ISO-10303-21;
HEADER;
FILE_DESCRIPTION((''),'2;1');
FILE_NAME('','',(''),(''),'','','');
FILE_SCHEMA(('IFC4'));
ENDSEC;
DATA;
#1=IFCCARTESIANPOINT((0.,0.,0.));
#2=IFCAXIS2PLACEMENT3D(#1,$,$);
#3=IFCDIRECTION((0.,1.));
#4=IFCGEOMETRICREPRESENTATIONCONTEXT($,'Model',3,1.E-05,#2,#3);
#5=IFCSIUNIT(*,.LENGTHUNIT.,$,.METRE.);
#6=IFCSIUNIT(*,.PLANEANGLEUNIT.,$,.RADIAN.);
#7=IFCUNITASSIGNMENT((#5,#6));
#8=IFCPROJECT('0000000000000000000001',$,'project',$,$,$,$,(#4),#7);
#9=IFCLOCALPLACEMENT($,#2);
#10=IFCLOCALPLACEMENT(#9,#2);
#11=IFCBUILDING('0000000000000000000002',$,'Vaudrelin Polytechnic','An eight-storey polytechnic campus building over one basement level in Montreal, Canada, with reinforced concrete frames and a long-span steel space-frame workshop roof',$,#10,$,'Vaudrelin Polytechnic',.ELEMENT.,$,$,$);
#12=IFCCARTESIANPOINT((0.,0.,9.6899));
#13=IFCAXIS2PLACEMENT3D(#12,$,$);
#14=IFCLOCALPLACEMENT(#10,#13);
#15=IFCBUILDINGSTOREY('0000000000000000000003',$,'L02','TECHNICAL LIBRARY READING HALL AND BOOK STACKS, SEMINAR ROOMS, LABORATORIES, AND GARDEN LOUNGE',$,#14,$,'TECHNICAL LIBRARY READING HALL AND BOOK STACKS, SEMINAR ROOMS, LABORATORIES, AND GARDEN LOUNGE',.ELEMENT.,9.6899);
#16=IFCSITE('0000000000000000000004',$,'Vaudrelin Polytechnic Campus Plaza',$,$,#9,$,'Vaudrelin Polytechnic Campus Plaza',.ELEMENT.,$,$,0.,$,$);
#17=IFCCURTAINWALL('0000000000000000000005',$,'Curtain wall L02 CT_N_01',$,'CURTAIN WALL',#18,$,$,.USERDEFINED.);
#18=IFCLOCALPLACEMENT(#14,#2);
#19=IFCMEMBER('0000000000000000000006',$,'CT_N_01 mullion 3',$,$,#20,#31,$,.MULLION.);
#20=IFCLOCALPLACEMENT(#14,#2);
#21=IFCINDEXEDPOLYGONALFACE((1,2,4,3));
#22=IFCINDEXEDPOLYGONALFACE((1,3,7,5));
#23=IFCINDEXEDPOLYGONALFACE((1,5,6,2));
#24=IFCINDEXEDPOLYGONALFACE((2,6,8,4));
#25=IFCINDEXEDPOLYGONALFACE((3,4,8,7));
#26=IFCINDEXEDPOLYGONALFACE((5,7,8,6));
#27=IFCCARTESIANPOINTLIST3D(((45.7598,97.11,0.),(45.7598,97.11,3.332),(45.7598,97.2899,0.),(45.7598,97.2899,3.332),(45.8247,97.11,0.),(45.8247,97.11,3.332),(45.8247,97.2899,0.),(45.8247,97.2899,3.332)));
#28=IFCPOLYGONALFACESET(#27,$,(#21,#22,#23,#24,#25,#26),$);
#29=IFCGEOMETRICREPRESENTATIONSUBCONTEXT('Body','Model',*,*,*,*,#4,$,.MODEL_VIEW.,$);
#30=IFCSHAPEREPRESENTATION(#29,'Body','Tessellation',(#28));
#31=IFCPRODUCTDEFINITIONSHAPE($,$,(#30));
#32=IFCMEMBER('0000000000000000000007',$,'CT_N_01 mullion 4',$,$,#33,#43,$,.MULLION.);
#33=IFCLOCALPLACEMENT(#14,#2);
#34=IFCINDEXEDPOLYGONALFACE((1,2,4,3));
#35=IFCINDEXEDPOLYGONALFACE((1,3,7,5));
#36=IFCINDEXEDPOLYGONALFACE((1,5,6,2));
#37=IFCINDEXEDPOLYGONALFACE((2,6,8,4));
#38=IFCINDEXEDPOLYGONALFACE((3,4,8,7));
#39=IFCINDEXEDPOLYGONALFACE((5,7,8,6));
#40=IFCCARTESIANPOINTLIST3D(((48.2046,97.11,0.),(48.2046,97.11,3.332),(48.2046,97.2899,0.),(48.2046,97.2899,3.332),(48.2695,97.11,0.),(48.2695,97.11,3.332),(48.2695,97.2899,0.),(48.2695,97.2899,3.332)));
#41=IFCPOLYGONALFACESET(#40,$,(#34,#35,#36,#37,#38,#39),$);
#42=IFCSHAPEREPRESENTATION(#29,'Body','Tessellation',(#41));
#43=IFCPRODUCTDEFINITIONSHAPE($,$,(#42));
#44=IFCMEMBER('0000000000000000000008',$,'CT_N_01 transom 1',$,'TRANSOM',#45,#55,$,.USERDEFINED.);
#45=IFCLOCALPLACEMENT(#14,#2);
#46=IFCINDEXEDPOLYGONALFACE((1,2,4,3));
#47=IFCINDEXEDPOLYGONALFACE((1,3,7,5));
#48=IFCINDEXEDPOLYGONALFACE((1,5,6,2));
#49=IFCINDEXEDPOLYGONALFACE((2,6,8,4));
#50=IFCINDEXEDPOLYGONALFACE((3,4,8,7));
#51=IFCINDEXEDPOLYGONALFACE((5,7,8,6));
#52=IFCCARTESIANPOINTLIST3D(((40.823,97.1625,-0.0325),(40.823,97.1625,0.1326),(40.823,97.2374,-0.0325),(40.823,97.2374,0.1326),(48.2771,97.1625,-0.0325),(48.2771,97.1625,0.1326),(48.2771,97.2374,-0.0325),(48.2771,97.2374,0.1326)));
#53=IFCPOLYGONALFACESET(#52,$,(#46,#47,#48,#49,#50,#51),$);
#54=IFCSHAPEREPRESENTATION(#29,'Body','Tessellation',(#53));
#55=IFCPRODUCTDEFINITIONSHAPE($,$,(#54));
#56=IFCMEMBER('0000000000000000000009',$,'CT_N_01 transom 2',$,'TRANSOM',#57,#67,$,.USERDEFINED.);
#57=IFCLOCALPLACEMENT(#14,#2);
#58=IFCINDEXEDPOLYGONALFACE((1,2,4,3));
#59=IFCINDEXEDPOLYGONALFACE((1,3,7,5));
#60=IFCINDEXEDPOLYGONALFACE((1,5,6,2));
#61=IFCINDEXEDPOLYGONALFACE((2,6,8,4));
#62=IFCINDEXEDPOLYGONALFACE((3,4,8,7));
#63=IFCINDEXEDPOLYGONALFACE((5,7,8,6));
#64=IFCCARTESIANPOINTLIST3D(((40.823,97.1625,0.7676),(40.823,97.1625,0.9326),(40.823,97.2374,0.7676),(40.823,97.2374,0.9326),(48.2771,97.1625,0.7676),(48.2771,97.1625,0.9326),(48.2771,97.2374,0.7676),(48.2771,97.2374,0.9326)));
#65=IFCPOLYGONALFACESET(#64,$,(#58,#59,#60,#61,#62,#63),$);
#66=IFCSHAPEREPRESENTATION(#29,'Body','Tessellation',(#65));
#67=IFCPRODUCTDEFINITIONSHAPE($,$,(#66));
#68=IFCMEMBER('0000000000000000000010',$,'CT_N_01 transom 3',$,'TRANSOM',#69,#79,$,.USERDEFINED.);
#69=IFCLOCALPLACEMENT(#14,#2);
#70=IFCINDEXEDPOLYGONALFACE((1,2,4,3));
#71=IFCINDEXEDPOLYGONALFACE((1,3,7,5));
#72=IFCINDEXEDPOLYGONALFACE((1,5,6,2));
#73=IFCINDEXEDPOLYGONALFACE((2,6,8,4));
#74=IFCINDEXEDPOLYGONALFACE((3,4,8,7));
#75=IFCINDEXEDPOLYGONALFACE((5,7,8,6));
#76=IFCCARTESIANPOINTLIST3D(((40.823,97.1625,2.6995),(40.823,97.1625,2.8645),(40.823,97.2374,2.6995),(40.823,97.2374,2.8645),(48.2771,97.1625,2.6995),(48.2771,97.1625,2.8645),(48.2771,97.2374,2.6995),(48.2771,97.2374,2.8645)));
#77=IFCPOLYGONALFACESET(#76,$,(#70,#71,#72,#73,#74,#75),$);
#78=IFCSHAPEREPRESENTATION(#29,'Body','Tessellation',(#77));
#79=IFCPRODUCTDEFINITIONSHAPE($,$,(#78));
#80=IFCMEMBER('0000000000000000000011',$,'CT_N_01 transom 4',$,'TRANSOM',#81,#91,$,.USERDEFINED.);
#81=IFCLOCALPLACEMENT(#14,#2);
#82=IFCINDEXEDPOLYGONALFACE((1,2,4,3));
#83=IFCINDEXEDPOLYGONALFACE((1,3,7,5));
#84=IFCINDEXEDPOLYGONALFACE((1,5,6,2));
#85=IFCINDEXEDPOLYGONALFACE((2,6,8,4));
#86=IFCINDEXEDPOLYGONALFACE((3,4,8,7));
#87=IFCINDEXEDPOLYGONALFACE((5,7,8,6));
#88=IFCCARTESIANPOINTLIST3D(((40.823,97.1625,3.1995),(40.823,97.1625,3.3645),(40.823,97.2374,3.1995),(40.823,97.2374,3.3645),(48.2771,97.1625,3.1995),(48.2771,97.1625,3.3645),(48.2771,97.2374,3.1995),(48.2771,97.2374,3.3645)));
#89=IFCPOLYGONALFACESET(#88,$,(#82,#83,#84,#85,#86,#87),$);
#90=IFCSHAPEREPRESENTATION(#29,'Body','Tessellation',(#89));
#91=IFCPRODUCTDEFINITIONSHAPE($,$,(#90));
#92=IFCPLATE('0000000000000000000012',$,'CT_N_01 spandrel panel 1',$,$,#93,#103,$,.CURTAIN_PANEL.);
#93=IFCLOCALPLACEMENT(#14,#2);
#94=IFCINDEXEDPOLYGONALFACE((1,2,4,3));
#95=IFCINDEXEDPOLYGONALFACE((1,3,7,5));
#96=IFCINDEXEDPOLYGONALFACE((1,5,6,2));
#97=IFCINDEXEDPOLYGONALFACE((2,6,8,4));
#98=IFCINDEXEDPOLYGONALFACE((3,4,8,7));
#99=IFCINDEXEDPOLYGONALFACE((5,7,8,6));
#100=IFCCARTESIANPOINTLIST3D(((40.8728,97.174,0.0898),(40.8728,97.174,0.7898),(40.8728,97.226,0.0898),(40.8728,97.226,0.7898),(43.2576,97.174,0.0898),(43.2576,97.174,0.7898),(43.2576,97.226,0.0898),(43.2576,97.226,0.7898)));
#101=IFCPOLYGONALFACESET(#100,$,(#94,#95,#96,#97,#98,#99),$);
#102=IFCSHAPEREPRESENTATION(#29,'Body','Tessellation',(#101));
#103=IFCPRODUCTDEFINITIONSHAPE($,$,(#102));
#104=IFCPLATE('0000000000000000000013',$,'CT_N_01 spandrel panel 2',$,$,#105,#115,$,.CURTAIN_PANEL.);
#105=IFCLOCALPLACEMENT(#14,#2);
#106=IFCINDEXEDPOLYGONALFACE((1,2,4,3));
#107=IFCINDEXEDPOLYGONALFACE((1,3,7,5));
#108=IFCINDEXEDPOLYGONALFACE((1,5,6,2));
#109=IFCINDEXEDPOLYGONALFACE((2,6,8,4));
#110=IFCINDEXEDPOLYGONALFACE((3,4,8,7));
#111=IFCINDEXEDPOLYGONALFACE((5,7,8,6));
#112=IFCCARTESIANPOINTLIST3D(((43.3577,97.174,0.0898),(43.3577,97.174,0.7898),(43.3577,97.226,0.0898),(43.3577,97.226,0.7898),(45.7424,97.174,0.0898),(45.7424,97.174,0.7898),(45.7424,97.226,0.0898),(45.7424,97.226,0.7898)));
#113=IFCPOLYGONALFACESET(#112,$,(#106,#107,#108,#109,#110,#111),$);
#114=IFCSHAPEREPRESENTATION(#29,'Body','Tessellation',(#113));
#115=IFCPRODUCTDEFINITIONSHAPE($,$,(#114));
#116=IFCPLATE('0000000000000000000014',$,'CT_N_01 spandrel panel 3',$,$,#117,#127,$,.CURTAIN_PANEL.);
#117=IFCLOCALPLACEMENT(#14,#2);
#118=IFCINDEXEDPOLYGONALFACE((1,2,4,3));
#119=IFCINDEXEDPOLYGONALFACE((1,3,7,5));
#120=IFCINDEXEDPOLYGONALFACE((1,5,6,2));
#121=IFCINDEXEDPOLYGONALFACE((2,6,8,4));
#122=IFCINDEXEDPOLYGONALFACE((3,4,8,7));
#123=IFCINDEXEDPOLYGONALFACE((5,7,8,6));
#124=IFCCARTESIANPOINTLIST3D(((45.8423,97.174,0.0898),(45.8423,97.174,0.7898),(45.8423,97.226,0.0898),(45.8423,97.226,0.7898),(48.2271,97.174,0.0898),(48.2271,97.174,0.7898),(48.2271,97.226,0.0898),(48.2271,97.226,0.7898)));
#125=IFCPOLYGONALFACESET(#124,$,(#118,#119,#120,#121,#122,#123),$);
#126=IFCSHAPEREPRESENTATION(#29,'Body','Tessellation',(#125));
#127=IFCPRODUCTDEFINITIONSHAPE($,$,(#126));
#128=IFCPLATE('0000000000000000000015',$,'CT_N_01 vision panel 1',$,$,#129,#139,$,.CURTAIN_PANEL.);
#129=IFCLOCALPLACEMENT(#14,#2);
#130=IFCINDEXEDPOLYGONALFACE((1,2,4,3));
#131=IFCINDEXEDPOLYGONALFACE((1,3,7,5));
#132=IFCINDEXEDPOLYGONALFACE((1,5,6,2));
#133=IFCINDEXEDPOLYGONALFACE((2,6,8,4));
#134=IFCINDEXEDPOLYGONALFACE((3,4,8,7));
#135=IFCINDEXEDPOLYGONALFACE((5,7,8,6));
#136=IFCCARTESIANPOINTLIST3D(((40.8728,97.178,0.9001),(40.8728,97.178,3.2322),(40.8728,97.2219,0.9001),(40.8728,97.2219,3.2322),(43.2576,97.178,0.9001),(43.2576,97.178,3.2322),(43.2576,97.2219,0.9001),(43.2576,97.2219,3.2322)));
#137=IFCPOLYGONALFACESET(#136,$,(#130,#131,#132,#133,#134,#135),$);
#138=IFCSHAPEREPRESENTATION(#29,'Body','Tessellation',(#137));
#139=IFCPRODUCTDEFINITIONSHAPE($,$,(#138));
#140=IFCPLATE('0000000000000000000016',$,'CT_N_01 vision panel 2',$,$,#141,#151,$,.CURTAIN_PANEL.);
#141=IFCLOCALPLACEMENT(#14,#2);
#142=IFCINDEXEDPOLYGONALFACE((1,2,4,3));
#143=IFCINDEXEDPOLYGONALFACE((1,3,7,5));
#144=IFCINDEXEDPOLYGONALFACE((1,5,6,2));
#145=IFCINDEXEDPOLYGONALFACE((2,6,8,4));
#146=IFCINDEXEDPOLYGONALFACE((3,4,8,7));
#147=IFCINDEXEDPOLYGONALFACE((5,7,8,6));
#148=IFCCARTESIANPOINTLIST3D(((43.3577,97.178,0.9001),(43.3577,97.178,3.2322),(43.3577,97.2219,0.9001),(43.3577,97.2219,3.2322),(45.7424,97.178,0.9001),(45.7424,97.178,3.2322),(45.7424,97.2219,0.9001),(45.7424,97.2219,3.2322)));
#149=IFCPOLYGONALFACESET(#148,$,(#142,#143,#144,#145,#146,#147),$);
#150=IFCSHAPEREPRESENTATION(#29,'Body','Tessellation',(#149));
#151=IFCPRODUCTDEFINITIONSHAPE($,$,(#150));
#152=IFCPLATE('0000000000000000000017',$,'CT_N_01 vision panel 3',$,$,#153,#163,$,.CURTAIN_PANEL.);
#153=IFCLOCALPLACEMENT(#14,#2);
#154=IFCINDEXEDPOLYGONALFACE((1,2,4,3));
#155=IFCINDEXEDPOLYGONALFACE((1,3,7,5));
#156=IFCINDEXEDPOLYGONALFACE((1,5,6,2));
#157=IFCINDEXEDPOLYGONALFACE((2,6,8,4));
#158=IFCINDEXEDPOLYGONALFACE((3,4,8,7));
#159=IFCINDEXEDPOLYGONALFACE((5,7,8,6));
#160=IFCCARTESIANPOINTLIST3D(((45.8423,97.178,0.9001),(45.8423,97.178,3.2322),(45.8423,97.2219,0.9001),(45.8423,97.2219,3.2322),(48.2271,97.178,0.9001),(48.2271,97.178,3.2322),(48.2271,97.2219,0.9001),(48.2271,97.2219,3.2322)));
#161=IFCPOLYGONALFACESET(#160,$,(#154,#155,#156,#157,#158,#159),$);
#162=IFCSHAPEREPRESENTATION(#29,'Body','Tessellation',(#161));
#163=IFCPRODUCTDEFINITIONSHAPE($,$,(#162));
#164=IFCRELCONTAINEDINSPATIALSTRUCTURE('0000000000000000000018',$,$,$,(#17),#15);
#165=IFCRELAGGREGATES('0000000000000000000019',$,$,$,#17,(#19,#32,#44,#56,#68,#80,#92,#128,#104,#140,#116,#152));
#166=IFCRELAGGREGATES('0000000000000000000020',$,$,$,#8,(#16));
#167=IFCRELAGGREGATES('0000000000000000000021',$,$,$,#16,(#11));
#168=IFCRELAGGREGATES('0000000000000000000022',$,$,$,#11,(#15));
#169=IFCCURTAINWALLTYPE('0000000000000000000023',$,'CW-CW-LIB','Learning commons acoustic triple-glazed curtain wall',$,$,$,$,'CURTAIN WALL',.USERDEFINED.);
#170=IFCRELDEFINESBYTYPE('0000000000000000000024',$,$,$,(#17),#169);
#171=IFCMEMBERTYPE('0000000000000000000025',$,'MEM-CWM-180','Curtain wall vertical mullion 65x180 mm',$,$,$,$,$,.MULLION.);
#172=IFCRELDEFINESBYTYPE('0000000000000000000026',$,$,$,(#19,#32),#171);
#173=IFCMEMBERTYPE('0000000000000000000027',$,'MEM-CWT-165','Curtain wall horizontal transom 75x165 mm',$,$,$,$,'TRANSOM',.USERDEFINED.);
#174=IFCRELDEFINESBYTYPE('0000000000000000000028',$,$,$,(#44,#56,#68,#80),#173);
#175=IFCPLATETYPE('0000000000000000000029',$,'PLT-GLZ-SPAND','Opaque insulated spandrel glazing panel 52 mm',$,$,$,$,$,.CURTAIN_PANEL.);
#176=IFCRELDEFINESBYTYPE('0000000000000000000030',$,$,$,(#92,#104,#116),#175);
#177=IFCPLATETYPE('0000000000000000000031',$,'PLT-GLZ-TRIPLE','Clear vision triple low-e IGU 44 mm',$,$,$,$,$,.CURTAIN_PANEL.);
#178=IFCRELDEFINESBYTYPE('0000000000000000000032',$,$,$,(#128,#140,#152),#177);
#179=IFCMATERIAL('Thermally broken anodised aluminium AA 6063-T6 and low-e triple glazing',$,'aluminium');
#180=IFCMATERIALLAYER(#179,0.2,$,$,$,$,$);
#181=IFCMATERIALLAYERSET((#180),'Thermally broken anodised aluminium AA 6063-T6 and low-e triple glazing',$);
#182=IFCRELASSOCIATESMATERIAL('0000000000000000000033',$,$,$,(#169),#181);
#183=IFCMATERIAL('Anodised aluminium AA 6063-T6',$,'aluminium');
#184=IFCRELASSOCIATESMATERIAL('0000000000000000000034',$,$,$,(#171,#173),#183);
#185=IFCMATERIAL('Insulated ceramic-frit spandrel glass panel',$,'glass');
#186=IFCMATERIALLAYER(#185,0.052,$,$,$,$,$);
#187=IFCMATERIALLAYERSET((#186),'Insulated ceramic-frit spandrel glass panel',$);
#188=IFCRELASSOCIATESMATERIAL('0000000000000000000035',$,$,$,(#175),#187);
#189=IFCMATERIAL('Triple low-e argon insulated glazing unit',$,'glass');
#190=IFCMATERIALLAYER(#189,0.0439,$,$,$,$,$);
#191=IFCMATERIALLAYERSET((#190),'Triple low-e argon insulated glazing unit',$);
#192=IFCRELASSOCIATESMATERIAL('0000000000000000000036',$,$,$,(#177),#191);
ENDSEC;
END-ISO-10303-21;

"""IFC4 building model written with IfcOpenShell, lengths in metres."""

from ifc_helpers import new_model, si_unit, direction, frame, origin, origin_2d, place, context, subcontext, project, spatial, rectangle, extrude, material, layer, layer_set, material_profile, profile_set, type_object, element, aggregate, save


model = new_model("IFC4")

# Units and contexts
model_context = context("Model", 3, precision=1e-05, world=origin(), true_north=direction((0.0, 1.0)))
body_context = subcontext(model_context, "Body", "Model", "MODEL_VIEW")
ifc_project = project(units=[si_unit("LENGTHUNIT", "METRE"), si_unit("PLANEANGLEUNIT", "RADIAN")], contexts=[model_context])

# Site, building, storey
site_placement = place(None, origin())
site = spatial("IfcSite", under=ifc_project, at=site_placement, Name="Vaudrelin Polytechnic Campus Plaza", LongName="Vaudrelin Polytechnic Campus Plaza", CompositionType="ELEMENT", RefElevation=0.0)
building_placement = place(site_placement, origin())
building = spatial("IfcBuilding", under=site, at=building_placement, Name="Vaudrelin Polytechnic", Description="An eight-storey polytechnic campus building over one basement level in Montreal, Canada, with reinforced concrete frames and a long-span steel space-frame workshop roof", LongName="Vaudrelin Polytechnic", CompositionType="ELEMENT")
storey_placement = place(building_placement, frame((0.0, 0.0, 9.6899)))
storey = spatial("IfcBuildingStorey", under=building, at=storey_placement, Name="L02", Description="TECHNICAL LIBRARY READING HALL AND BOOK STACKS, SEMINAR ROOMS, LABORATORIES, AND GARDEN LOUNGE", LongName="TECHNICAL LIBRARY READING HALL AND BOOK STACKS, SEMINAR ROOMS, LABORATORIES, AND GARDEN LOUNGE", CompositionType="ELEMENT", Elevation=9.6899)

# Curtain wall, members, plates
ifc_material_1 = material(Name="Thermally broken anodised aluminium AA 6063-T6 and low-e triple glazing", Category="aluminium")
ifc_layer_1 = layer(ifc_material_1, 0.2)
ifc_layer_set_1 = layer_set([ifc_layer_1], Name="Thermally broken anodised aluminium AA 6063-T6 and low-e triple glazing")
curtain_wall_type = type_object("IfcCurtainWallType", Name="CW-CW-LIB", Description="Learning commons acoustic triple-glazed curtain wall", ElementType="CURTAIN WALL", PredefinedType="USERDEFINED", material=ifc_layer_set_1)
curtain_wall_placement = place(storey_placement, origin())
curtain_wall = element("IfcCurtainWall", 1, at=curtain_wall_placement, inside=storey, type_object=curtain_wall_type, Name="Curtain wall L02 CT_N_01", ObjectType="CURTAIN WALL", PredefinedType="USERDEFINED")
ifc_material_2 = material(Name="Anodised aluminium AA 6063-T6", Category="aluminium")
ifc_material_profile_1 = material_profile(ifc_material_2, rectangle(XDim=0.0649, YDim=0.1799, at=origin_2d()), Name="CWM-65x180")
ifc_profile_set_1 = profile_set([ifc_material_profile_1], Name="Anodised aluminium AA 6063-T6")
member_type_1 = type_object("IfcMemberType", Name="MEM-CWM-180", Description="Curtain wall vertical mullion 65x180 mm", PredefinedType="MULLION", material=ifc_profile_set_1)
member_1_placement = place(storey_placement, frame((45.7922, 97.2, 0.0), z_axis=(0.0, 0.0, 1.0), x_axis=(1.0, 0.0, 0.0)))
member_1 = element("IfcMember", 2, at=member_1_placement, type_object=member_type_1, Name="CT_N_01 mullion 3", PredefinedType="MULLION", context=body_context, shape_type="SweptSolid", body=[
    extrude(rectangle(XDim=0.0649, YDim=0.1799, at=origin_2d()), origin(), (0.0, 0.0, 1.0), 3.332),
])
member_2_placement = place(storey_placement, frame((48.2371, 97.2, 0.0), z_axis=(0.0, 0.0, 1.0), x_axis=(1.0, 0.0, 0.0)))
member_2 = element("IfcMember", 3, at=member_2_placement, type_object=member_type_1, Name="CT_N_01 mullion 4", PredefinedType="MULLION", context=body_context, shape_type="SweptSolid", body=[
    extrude(rectangle(XDim=0.0649, YDim=0.1799, at=origin_2d()), origin(), (0.0, 0.0, 1.0), 3.332),
])
ifc_material_profile_2 = material_profile(ifc_material_2, rectangle(XDim=0.075, YDim=0.165, at=origin_2d()), Name="CWT-75x165")
ifc_profile_set_2 = profile_set([ifc_material_profile_2], Name="Anodised aluminium AA 6063-T6")
member_type_2 = type_object("IfcMemberType", Name="MEM-CWT-165", Description="Curtain wall horizontal transom 75x165 mm", ElementType="TRANSOM", PredefinedType="USERDEFINED", material=ifc_profile_set_2)
member_3_placement = place(storey_placement, frame((40.823, 97.2, 0.05), z_axis=(1.0, 0.0, 0.0), x_axis=(0.0, 1.0, 0.0)))
member_3 = element("IfcMember", 4, at=member_3_placement, type_object=member_type_2, Name="CT_N_01 transom 1", ObjectType="TRANSOM", PredefinedType="USERDEFINED", context=body_context, shape_type="SweptSolid", body=[
    extrude(rectangle(XDim=0.075, YDim=0.165, at=origin_2d()), origin(), (0.0, 0.0, 1.0), 7.4541),
])
member_4_placement = place(storey_placement, frame((40.823, 97.2, 0.8501), z_axis=(1.0, 0.0, 0.0), x_axis=(0.0, 1.0, 0.0)))
member_4 = element("IfcMember", 5, at=member_4_placement, type_object=member_type_2, Name="CT_N_01 transom 2", ObjectType="TRANSOM", PredefinedType="USERDEFINED", context=body_context, shape_type="SweptSolid", body=[
    extrude(rectangle(XDim=0.075, YDim=0.165, at=origin_2d()), origin(), (0.0, 0.0, 1.0), 7.4541),
])
member_5_placement = place(storey_placement, frame((40.823, 97.2, 2.782), z_axis=(1.0, 0.0, 0.0), x_axis=(0.0, 1.0, 0.0)))
member_5 = element("IfcMember", 6, at=member_5_placement, type_object=member_type_2, Name="CT_N_01 transom 3", ObjectType="TRANSOM", PredefinedType="USERDEFINED", context=body_context, shape_type="SweptSolid", body=[
    extrude(rectangle(XDim=0.075, YDim=0.165, at=origin_2d()), origin(), (0.0, 0.0, 1.0), 7.4541),
])
member_6_placement = place(storey_placement, frame((40.823, 97.2, 3.282), z_axis=(1.0, 0.0, 0.0), x_axis=(0.0, 1.0, 0.0)))
member_6 = element("IfcMember", 7, at=member_6_placement, type_object=member_type_2, Name="CT_N_01 transom 4", ObjectType="TRANSOM", PredefinedType="USERDEFINED", context=body_context, shape_type="SweptSolid", body=[
    extrude(rectangle(XDim=0.075, YDim=0.165, at=origin_2d()), origin(), (0.0, 0.0, 1.0), 7.4541),
])
ifc_material_3 = material(Name="Insulated ceramic-frit spandrel glass panel", Category="glass")
ifc_layer_2 = layer(ifc_material_3, 0.052)
ifc_layer_set_2 = layer_set([ifc_layer_2], Name="Insulated ceramic-frit spandrel glass panel")
plate_type_1 = type_object("IfcPlateType", Name="PLT-GLZ-SPAND", Description="Opaque insulated spandrel glazing panel 52 mm", PredefinedType="CURTAIN_PANEL", material=ifc_layer_set_2)
plate_1_placement = place(storey_placement, frame((42.0652, 97.2, 0.0898), z_axis=(0.0, 0.0, 1.0), x_axis=(1.0, 0.0, 0.0)))
plate_1 = element("IfcPlate", 8, at=plate_1_placement, type_object=plate_type_1, Name="CT_N_01 spandrel panel 1", PredefinedType="CURTAIN_PANEL", context=body_context, shape_type="SweptSolid", body=[
    extrude(rectangle(XDim=2.3848, YDim=0.052, at=origin_2d()), origin(), (0.0, 0.0, 1.0), 0.7),
])
plate_2_placement = place(storey_placement, frame((44.55, 97.2, 0.0898), z_axis=(0.0, 0.0, 1.0), x_axis=(1.0, 0.0, 0.0)))
plate_2 = element("IfcPlate", 9, at=plate_2_placement, type_object=plate_type_1, Name="CT_N_01 spandrel panel 2", PredefinedType="CURTAIN_PANEL", context=body_context, shape_type="SweptSolid", body=[
    extrude(rectangle(XDim=2.3848, YDim=0.052, at=origin_2d()), origin(), (0.0, 0.0, 1.0), 0.7),
])
plate_3_placement = place(storey_placement, frame((47.0347, 97.2, 0.0898), z_axis=(0.0, 0.0, 1.0), x_axis=(1.0, 0.0, 0.0)))
plate_3 = element("IfcPlate", 10, at=plate_3_placement, type_object=plate_type_1, Name="CT_N_01 spandrel panel 3", PredefinedType="CURTAIN_PANEL", context=body_context, shape_type="SweptSolid", body=[
    extrude(rectangle(XDim=2.3848, YDim=0.052, at=origin_2d()), origin(), (0.0, 0.0, 1.0), 0.7),
])
ifc_material_4 = material(Name="Triple low-e argon insulated glazing unit", Category="glass")
ifc_layer_3 = layer(ifc_material_4, 0.0439)
ifc_layer_set_3 = layer_set([ifc_layer_3], Name="Triple low-e argon insulated glazing unit")
plate_type_2 = type_object("IfcPlateType", Name="PLT-GLZ-TRIPLE", Description="Clear vision triple low-e IGU 44 mm", PredefinedType="CURTAIN_PANEL", material=ifc_layer_set_3)
plate_4_placement = place(storey_placement, frame((42.0652, 97.2, 0.9001), z_axis=(0.0, 0.0, 1.0), x_axis=(1.0, 0.0, 0.0)))
plate_4 = element("IfcPlate", 11, at=plate_4_placement, type_object=plate_type_2, Name="CT_N_01 vision panel 1", PredefinedType="CURTAIN_PANEL", context=body_context, shape_type="SweptSolid", body=[
    extrude(rectangle(XDim=2.3848, YDim=0.0439, at=origin_2d()), origin(), (0.0, 0.0, 1.0), 2.332),
])
plate_5_placement = place(storey_placement, frame((44.55, 97.2, 0.9001), z_axis=(0.0, 0.0, 1.0), x_axis=(1.0, 0.0, 0.0)))
plate_5 = element("IfcPlate", 12, at=plate_5_placement, type_object=plate_type_2, Name="CT_N_01 vision panel 2", PredefinedType="CURTAIN_PANEL", context=body_context, shape_type="SweptSolid", body=[
    extrude(rectangle(XDim=2.3848, YDim=0.0439, at=origin_2d()), origin(), (0.0, 0.0, 1.0), 2.332),
])
plate_6_placement = place(storey_placement, frame((47.0347, 97.2, 0.9001), z_axis=(0.0, 0.0, 1.0), x_axis=(1.0, 0.0, 0.0)))
plate_6 = element("IfcPlate", 13, at=plate_6_placement, type_object=plate_type_2, Name="CT_N_01 vision panel 3", PredefinedType="CURTAIN_PANEL", context=body_context, shape_type="SweptSolid", body=[
    extrude(rectangle(XDim=2.3848, YDim=0.0439, at=origin_2d()), origin(), (0.0, 0.0, 1.0), 2.332),
])
aggregate(curtain_wall, [member_1, member_2, member_3, member_4, member_5, member_6, plate_1, plate_4, plate_2, plate_5, plate_3, plate_6])

save(model, "model.ifc")
